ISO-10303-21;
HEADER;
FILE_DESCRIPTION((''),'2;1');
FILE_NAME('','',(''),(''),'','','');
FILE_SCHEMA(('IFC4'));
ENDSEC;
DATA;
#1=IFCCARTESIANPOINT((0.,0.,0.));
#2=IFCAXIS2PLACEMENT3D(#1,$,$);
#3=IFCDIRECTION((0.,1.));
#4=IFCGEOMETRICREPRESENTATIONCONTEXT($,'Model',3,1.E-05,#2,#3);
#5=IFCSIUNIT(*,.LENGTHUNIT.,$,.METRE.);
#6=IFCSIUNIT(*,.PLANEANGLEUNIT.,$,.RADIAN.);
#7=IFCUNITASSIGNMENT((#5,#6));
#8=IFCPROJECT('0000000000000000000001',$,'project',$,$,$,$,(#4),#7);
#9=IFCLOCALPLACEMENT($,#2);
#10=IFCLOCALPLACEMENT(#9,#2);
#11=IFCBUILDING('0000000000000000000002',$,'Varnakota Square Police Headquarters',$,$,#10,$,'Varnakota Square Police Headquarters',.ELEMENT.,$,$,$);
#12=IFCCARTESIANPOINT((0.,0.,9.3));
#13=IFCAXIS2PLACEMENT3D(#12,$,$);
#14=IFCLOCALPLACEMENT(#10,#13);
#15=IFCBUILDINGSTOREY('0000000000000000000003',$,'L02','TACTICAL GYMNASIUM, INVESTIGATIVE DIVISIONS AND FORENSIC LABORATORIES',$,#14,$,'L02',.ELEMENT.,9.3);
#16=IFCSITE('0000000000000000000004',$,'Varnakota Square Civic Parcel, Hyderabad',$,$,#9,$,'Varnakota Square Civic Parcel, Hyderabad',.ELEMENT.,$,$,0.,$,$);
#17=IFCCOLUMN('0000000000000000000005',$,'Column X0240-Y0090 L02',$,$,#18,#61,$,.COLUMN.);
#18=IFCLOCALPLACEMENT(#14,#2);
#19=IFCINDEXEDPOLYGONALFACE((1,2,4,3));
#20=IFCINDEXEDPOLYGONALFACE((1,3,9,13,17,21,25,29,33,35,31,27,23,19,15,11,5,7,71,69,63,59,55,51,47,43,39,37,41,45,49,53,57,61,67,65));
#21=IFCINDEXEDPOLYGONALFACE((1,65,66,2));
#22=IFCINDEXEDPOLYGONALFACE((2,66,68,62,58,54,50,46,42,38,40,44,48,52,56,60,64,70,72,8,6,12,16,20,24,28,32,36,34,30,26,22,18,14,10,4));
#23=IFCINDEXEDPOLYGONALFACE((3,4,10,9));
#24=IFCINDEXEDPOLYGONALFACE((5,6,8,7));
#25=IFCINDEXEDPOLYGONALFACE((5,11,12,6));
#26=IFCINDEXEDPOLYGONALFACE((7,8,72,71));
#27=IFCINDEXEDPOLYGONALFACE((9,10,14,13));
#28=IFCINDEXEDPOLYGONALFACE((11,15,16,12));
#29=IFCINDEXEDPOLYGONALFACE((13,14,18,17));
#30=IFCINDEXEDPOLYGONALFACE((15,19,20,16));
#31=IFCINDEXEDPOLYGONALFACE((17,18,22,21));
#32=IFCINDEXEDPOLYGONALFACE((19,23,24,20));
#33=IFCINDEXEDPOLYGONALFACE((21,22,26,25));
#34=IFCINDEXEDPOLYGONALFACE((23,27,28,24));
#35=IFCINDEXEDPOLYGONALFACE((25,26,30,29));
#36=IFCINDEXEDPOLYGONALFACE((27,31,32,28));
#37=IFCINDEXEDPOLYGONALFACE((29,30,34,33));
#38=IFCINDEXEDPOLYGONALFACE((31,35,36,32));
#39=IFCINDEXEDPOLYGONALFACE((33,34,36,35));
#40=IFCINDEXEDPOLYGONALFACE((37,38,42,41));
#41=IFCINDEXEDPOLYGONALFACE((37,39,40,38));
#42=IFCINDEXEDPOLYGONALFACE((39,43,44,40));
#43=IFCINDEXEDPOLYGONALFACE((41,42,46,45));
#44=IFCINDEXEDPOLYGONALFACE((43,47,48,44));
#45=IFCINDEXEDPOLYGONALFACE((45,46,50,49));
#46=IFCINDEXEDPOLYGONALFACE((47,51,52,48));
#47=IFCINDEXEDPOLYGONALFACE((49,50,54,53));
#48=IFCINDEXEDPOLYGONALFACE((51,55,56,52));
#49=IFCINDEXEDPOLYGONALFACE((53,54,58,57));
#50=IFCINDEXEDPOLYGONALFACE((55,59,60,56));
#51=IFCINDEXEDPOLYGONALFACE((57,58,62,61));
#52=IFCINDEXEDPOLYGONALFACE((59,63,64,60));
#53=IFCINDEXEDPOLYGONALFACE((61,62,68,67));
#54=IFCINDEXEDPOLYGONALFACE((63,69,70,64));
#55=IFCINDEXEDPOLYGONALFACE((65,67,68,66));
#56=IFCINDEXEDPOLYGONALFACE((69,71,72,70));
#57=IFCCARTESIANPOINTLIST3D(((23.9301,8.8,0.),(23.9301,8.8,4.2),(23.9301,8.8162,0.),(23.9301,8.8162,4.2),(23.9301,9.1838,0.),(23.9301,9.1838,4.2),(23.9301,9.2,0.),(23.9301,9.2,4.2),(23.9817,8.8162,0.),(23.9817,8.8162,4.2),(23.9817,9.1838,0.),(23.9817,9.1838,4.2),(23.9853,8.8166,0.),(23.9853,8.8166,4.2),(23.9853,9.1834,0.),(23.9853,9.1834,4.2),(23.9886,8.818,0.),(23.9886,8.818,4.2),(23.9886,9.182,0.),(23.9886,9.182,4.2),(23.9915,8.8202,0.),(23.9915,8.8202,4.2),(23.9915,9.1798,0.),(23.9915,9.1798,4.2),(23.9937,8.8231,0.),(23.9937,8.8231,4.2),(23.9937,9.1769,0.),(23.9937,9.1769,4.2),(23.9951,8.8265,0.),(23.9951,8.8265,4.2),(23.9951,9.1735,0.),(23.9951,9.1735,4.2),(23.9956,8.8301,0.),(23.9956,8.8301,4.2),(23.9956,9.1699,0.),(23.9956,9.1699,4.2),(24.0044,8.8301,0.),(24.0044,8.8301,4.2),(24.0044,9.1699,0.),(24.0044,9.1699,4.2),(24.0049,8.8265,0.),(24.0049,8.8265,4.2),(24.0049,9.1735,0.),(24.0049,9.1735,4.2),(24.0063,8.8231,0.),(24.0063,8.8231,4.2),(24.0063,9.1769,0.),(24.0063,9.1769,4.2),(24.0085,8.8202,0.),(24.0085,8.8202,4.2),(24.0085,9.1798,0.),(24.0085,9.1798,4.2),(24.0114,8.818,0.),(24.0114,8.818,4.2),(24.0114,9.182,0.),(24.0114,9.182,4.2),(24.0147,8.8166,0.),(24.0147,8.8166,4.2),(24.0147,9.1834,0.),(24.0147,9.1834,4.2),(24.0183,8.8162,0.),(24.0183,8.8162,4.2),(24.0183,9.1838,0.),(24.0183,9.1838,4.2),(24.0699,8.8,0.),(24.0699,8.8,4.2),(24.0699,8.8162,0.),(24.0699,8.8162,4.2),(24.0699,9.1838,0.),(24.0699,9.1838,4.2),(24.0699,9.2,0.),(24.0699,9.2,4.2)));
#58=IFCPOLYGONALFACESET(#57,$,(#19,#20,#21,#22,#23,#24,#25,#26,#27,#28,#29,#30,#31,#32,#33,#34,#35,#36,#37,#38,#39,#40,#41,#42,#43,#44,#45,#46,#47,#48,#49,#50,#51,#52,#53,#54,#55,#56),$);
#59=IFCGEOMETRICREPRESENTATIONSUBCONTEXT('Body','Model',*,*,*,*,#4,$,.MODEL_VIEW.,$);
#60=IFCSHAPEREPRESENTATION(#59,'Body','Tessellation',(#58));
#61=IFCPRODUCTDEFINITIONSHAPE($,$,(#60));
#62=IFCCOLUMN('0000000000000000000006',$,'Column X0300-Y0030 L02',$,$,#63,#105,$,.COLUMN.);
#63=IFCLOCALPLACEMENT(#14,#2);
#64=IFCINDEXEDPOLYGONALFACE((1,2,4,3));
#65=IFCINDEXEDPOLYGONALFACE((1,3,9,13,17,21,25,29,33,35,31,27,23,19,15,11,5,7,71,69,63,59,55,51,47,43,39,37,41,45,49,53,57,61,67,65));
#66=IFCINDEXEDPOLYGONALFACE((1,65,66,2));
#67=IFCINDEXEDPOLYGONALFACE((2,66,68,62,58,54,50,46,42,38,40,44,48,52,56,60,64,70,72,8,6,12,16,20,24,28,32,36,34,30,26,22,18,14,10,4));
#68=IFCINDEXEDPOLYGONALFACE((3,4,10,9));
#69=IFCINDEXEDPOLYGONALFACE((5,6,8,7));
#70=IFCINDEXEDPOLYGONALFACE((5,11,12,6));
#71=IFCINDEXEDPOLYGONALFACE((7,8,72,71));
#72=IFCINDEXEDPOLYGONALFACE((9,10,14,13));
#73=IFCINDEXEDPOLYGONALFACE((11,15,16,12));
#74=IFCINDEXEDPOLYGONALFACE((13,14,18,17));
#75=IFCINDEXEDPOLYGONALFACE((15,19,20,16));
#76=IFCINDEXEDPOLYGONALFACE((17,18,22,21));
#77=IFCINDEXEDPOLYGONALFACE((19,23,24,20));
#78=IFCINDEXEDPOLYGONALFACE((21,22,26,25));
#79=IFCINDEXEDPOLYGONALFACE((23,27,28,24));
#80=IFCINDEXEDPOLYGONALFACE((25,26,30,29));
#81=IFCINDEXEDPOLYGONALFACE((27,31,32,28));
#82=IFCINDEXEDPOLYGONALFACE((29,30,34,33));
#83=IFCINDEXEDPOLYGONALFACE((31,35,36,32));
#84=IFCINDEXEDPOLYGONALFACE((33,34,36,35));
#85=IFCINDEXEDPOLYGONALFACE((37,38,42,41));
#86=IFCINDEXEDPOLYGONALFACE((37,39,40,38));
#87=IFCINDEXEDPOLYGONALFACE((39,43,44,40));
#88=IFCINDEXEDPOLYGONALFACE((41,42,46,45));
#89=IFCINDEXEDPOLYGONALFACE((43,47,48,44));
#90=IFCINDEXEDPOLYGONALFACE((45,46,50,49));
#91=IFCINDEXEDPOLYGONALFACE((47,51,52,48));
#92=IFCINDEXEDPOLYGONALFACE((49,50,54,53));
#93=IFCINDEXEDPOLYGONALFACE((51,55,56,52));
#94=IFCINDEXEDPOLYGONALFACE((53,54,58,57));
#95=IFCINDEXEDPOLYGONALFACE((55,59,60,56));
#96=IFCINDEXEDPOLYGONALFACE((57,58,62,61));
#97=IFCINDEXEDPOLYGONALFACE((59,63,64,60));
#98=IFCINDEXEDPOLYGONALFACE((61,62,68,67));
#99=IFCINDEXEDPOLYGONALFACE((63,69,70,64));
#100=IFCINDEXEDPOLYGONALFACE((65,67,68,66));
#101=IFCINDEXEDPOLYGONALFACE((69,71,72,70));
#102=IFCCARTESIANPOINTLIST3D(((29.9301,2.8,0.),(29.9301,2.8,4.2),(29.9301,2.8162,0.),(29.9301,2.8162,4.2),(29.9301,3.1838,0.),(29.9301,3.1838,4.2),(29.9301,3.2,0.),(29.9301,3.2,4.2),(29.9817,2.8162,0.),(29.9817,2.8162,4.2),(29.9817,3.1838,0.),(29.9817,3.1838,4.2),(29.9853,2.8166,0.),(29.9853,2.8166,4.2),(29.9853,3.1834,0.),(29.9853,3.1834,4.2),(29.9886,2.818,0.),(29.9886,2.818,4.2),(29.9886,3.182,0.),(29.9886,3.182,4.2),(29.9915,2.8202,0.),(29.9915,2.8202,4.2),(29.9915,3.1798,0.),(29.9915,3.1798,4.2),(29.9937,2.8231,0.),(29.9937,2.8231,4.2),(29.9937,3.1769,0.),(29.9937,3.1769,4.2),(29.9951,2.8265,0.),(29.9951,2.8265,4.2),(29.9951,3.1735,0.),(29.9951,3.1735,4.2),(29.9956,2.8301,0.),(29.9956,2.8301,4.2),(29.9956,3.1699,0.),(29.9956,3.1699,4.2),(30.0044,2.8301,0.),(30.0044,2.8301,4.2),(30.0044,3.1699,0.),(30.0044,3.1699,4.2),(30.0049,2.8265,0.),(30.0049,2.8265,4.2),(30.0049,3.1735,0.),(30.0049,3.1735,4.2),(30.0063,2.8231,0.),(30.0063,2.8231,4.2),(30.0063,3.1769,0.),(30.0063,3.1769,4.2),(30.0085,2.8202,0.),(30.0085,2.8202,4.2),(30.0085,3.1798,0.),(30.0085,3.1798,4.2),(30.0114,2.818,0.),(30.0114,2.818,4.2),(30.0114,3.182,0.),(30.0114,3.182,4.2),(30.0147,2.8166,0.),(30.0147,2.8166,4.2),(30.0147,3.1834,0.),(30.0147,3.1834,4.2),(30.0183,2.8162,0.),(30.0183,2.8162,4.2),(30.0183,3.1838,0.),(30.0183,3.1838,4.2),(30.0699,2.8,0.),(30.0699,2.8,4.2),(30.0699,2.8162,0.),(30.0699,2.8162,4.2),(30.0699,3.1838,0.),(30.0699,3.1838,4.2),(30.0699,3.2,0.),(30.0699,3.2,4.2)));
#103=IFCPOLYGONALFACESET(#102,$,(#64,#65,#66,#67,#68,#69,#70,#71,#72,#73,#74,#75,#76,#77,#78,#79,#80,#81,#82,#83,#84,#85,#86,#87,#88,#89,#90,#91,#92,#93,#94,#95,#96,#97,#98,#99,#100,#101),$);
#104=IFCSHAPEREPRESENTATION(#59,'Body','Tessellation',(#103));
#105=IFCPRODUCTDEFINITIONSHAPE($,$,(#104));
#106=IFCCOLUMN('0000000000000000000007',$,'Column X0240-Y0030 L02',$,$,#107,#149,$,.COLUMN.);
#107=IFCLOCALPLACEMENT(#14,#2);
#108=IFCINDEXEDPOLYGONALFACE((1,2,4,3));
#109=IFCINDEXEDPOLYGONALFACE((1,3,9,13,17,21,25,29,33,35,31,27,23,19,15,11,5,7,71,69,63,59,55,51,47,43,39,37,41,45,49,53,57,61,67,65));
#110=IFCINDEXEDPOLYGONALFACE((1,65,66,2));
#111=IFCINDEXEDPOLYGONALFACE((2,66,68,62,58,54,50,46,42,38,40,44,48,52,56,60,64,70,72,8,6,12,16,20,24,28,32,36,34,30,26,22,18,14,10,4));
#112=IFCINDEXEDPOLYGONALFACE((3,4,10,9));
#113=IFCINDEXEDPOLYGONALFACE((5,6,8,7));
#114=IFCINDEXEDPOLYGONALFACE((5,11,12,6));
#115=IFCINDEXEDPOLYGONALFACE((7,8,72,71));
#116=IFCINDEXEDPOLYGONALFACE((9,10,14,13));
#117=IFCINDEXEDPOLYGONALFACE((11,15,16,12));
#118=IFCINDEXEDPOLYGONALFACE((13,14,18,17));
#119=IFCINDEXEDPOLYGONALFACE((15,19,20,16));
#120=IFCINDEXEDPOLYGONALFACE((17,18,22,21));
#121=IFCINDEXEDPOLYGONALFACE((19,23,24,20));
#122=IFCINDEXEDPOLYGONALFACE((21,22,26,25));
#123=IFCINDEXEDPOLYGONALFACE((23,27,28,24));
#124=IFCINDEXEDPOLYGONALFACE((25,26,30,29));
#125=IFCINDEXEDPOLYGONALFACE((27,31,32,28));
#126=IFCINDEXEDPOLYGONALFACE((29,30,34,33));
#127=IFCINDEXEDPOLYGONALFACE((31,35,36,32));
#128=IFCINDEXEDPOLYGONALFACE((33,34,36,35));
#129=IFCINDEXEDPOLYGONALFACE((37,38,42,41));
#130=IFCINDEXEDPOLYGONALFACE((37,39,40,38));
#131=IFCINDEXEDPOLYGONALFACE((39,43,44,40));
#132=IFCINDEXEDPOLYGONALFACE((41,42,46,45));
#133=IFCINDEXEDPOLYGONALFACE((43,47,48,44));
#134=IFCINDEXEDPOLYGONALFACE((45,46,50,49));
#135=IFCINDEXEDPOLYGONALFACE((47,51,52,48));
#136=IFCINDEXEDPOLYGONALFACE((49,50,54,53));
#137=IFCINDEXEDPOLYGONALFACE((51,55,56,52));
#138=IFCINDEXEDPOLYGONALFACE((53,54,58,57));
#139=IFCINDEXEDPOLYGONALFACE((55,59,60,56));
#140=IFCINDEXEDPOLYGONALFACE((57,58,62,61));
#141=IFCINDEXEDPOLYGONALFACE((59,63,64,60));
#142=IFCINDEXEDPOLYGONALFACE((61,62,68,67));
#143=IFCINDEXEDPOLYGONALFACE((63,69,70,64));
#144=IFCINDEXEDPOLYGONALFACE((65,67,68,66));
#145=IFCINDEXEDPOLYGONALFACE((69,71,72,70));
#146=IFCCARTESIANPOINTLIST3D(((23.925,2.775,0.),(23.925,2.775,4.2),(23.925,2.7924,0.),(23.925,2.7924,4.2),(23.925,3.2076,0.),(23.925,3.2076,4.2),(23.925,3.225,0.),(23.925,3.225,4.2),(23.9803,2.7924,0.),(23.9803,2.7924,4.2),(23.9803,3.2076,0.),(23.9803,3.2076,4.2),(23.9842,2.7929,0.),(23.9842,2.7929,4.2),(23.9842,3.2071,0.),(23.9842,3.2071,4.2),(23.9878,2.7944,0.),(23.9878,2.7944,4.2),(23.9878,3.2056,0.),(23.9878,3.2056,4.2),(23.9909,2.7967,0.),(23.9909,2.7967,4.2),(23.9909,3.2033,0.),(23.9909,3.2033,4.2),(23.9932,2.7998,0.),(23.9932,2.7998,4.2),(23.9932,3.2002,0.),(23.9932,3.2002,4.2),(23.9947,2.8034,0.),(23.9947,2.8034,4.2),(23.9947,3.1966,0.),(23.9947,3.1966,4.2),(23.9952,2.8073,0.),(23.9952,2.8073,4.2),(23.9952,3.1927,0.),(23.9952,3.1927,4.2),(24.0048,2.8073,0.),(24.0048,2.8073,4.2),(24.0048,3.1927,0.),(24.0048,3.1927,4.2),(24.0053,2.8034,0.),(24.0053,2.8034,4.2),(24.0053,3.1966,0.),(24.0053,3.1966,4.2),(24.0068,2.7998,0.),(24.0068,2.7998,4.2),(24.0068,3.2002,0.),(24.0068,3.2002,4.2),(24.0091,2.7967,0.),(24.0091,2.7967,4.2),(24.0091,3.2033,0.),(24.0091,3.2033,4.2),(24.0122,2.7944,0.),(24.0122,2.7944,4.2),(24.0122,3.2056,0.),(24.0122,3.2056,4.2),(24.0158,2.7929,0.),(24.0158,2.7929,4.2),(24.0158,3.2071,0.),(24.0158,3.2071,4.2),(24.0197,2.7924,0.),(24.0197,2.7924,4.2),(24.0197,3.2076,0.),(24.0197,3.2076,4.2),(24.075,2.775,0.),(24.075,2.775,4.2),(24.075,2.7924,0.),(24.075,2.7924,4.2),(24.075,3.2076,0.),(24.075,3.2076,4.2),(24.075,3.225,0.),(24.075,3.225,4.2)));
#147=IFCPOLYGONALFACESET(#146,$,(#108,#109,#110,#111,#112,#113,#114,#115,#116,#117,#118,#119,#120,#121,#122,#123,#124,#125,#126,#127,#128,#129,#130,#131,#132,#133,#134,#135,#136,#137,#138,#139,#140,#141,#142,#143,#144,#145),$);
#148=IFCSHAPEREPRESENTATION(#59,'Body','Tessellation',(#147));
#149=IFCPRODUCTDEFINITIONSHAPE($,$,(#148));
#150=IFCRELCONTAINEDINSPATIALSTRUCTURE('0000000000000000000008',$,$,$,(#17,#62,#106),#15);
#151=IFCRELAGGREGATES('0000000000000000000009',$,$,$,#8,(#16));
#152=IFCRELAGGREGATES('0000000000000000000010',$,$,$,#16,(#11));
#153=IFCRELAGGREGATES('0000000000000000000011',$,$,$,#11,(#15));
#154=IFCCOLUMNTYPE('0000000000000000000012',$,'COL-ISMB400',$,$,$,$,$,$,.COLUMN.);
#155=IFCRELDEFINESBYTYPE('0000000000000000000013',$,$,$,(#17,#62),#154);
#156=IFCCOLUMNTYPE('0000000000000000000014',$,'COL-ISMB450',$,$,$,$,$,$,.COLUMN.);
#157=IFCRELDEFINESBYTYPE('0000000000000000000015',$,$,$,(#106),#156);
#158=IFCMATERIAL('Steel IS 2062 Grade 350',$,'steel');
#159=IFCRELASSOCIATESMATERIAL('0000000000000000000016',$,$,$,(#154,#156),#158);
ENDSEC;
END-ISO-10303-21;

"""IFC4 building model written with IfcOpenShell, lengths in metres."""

from ifc_helpers import new_model, si_unit, direction, frame, origin, origin_2d, place, context, subcontext, project, spatial, i_section, extrude, material, material_profile, profile_set, type_object, element, save


model = new_model("IFC4")

# Units and contexts
model_context = context("Model", 3, precision=1e-05, world=origin(), true_north=direction((0.0, 1.0)))
body_context = subcontext(model_context, "Body", "Model", "MODEL_VIEW")
ifc_project = project(units=[si_unit("LENGTHUNIT", "METRE"), si_unit("PLANEANGLEUNIT", "RADIAN")], contexts=[model_context])

# Site, building, storey
site_placement = place(None, origin())
site = spatial("IfcSite", under=ifc_project, at=site_placement, Name="Varnakota Square Civic Parcel, Hyderabad", LongName="Varnakota Square Civic Parcel, Hyderabad", CompositionType="ELEMENT", RefElevation=0.0)
building_placement = place(site_placement, origin())
building = spatial("IfcBuilding", under=site, at=building_placement, Name="Varnakota Square Police Headquarters", LongName="Varnakota Square Police Headquarters", CompositionType="ELEMENT")
storey_placement = place(building_placement, frame((0.0, 0.0, 9.3)))
storey = spatial("IfcBuildingStorey", under=building, at=storey_placement, Name="L02", Description="TACTICAL GYMNASIUM, INVESTIGATIVE DIVISIONS AND FORENSIC LABORATORIES", LongName="L02", CompositionType="ELEMENT", Elevation=9.3)

# Columns
ifc_material_1 = material(Name="Steel IS 2062 Grade 350", Category="steel")
ifc_material_profile_1 = material_profile(ifc_material_1, i_section(OverallWidth=0.1399, OverallDepth=0.3999, WebThickness=0.0088, FlangeThickness=0.0161, FilletRadius=0.0139, at=origin_2d()), Name="ISMB 400")
ifc_profile_set_1 = profile_set([ifc_material_profile_1], Name="Steel IS 2062 Grade 350")
column_type_1 = type_object("IfcColumnType", Name="COL-ISMB400", PredefinedType="COLUMN", material=ifc_profile_set_1)
for number, where, z_axis, x_axis, name in (
    (1, (24.0, 9.0, 0.0), (0.0, 0.0, 1.0), (1.0, 0.0, 0.0), "Column X0240-Y0090 L02"),
    (2, (30.0, 3.0, 0.0), (0.0, 0.0, 1.0), (1.0, 0.0, 0.0), "Column X0300-Y0030 L02"),
):
    element("IfcColumn", number, at=place(storey_placement, frame(where, z_axis=z_axis, x_axis=x_axis)), inside=storey, type_object=column_type_1, Name=name, PredefinedType="COLUMN", context=body_context, shape_type="SweptSolid", body=[
        extrude(i_section(OverallWidth=0.1399, OverallDepth=0.3999, WebThickness=0.0088, FlangeThickness=0.0161, FilletRadius=0.0139, at=origin_2d()), origin(), (0.0, 0.0, 1.0), 4.2),
    ])
ifc_material_profile_2 = material_profile(ifc_material_1, i_section(OverallWidth=0.1499, OverallDepth=0.45, WebThickness=0.0095, FlangeThickness=0.0173, FilletRadius=0.0149, at=origin_2d()), Name="ISMB 450")
ifc_profile_set_2 = profile_set([ifc_material_profile_2], Name="Steel IS 2062 Grade 350")
column_type_2 = type_object("IfcColumnType", Name="COL-ISMB450", PredefinedType="COLUMN", material=ifc_profile_set_2)
column_1_placement = place(storey_placement, frame((24.0, 3.0, 0.0), z_axis=(0.0, 0.0, 1.0), x_axis=(1.0, 0.0, 0.0)))
element("IfcColumn", 3, at=column_1_placement, inside=storey, type_object=column_type_2, Name="Column X0240-Y0030 L02", PredefinedType="COLUMN", context=body_context, shape_type="SweptSolid", body=[
    extrude(i_section(OverallWidth=0.1499, OverallDepth=0.45, WebThickness=0.0095, FlangeThickness=0.0173, FilletRadius=0.0149, at=origin_2d()), origin(), (0.0, 0.0, 1.0), 4.2),
])

save(model, "model.ifc")
